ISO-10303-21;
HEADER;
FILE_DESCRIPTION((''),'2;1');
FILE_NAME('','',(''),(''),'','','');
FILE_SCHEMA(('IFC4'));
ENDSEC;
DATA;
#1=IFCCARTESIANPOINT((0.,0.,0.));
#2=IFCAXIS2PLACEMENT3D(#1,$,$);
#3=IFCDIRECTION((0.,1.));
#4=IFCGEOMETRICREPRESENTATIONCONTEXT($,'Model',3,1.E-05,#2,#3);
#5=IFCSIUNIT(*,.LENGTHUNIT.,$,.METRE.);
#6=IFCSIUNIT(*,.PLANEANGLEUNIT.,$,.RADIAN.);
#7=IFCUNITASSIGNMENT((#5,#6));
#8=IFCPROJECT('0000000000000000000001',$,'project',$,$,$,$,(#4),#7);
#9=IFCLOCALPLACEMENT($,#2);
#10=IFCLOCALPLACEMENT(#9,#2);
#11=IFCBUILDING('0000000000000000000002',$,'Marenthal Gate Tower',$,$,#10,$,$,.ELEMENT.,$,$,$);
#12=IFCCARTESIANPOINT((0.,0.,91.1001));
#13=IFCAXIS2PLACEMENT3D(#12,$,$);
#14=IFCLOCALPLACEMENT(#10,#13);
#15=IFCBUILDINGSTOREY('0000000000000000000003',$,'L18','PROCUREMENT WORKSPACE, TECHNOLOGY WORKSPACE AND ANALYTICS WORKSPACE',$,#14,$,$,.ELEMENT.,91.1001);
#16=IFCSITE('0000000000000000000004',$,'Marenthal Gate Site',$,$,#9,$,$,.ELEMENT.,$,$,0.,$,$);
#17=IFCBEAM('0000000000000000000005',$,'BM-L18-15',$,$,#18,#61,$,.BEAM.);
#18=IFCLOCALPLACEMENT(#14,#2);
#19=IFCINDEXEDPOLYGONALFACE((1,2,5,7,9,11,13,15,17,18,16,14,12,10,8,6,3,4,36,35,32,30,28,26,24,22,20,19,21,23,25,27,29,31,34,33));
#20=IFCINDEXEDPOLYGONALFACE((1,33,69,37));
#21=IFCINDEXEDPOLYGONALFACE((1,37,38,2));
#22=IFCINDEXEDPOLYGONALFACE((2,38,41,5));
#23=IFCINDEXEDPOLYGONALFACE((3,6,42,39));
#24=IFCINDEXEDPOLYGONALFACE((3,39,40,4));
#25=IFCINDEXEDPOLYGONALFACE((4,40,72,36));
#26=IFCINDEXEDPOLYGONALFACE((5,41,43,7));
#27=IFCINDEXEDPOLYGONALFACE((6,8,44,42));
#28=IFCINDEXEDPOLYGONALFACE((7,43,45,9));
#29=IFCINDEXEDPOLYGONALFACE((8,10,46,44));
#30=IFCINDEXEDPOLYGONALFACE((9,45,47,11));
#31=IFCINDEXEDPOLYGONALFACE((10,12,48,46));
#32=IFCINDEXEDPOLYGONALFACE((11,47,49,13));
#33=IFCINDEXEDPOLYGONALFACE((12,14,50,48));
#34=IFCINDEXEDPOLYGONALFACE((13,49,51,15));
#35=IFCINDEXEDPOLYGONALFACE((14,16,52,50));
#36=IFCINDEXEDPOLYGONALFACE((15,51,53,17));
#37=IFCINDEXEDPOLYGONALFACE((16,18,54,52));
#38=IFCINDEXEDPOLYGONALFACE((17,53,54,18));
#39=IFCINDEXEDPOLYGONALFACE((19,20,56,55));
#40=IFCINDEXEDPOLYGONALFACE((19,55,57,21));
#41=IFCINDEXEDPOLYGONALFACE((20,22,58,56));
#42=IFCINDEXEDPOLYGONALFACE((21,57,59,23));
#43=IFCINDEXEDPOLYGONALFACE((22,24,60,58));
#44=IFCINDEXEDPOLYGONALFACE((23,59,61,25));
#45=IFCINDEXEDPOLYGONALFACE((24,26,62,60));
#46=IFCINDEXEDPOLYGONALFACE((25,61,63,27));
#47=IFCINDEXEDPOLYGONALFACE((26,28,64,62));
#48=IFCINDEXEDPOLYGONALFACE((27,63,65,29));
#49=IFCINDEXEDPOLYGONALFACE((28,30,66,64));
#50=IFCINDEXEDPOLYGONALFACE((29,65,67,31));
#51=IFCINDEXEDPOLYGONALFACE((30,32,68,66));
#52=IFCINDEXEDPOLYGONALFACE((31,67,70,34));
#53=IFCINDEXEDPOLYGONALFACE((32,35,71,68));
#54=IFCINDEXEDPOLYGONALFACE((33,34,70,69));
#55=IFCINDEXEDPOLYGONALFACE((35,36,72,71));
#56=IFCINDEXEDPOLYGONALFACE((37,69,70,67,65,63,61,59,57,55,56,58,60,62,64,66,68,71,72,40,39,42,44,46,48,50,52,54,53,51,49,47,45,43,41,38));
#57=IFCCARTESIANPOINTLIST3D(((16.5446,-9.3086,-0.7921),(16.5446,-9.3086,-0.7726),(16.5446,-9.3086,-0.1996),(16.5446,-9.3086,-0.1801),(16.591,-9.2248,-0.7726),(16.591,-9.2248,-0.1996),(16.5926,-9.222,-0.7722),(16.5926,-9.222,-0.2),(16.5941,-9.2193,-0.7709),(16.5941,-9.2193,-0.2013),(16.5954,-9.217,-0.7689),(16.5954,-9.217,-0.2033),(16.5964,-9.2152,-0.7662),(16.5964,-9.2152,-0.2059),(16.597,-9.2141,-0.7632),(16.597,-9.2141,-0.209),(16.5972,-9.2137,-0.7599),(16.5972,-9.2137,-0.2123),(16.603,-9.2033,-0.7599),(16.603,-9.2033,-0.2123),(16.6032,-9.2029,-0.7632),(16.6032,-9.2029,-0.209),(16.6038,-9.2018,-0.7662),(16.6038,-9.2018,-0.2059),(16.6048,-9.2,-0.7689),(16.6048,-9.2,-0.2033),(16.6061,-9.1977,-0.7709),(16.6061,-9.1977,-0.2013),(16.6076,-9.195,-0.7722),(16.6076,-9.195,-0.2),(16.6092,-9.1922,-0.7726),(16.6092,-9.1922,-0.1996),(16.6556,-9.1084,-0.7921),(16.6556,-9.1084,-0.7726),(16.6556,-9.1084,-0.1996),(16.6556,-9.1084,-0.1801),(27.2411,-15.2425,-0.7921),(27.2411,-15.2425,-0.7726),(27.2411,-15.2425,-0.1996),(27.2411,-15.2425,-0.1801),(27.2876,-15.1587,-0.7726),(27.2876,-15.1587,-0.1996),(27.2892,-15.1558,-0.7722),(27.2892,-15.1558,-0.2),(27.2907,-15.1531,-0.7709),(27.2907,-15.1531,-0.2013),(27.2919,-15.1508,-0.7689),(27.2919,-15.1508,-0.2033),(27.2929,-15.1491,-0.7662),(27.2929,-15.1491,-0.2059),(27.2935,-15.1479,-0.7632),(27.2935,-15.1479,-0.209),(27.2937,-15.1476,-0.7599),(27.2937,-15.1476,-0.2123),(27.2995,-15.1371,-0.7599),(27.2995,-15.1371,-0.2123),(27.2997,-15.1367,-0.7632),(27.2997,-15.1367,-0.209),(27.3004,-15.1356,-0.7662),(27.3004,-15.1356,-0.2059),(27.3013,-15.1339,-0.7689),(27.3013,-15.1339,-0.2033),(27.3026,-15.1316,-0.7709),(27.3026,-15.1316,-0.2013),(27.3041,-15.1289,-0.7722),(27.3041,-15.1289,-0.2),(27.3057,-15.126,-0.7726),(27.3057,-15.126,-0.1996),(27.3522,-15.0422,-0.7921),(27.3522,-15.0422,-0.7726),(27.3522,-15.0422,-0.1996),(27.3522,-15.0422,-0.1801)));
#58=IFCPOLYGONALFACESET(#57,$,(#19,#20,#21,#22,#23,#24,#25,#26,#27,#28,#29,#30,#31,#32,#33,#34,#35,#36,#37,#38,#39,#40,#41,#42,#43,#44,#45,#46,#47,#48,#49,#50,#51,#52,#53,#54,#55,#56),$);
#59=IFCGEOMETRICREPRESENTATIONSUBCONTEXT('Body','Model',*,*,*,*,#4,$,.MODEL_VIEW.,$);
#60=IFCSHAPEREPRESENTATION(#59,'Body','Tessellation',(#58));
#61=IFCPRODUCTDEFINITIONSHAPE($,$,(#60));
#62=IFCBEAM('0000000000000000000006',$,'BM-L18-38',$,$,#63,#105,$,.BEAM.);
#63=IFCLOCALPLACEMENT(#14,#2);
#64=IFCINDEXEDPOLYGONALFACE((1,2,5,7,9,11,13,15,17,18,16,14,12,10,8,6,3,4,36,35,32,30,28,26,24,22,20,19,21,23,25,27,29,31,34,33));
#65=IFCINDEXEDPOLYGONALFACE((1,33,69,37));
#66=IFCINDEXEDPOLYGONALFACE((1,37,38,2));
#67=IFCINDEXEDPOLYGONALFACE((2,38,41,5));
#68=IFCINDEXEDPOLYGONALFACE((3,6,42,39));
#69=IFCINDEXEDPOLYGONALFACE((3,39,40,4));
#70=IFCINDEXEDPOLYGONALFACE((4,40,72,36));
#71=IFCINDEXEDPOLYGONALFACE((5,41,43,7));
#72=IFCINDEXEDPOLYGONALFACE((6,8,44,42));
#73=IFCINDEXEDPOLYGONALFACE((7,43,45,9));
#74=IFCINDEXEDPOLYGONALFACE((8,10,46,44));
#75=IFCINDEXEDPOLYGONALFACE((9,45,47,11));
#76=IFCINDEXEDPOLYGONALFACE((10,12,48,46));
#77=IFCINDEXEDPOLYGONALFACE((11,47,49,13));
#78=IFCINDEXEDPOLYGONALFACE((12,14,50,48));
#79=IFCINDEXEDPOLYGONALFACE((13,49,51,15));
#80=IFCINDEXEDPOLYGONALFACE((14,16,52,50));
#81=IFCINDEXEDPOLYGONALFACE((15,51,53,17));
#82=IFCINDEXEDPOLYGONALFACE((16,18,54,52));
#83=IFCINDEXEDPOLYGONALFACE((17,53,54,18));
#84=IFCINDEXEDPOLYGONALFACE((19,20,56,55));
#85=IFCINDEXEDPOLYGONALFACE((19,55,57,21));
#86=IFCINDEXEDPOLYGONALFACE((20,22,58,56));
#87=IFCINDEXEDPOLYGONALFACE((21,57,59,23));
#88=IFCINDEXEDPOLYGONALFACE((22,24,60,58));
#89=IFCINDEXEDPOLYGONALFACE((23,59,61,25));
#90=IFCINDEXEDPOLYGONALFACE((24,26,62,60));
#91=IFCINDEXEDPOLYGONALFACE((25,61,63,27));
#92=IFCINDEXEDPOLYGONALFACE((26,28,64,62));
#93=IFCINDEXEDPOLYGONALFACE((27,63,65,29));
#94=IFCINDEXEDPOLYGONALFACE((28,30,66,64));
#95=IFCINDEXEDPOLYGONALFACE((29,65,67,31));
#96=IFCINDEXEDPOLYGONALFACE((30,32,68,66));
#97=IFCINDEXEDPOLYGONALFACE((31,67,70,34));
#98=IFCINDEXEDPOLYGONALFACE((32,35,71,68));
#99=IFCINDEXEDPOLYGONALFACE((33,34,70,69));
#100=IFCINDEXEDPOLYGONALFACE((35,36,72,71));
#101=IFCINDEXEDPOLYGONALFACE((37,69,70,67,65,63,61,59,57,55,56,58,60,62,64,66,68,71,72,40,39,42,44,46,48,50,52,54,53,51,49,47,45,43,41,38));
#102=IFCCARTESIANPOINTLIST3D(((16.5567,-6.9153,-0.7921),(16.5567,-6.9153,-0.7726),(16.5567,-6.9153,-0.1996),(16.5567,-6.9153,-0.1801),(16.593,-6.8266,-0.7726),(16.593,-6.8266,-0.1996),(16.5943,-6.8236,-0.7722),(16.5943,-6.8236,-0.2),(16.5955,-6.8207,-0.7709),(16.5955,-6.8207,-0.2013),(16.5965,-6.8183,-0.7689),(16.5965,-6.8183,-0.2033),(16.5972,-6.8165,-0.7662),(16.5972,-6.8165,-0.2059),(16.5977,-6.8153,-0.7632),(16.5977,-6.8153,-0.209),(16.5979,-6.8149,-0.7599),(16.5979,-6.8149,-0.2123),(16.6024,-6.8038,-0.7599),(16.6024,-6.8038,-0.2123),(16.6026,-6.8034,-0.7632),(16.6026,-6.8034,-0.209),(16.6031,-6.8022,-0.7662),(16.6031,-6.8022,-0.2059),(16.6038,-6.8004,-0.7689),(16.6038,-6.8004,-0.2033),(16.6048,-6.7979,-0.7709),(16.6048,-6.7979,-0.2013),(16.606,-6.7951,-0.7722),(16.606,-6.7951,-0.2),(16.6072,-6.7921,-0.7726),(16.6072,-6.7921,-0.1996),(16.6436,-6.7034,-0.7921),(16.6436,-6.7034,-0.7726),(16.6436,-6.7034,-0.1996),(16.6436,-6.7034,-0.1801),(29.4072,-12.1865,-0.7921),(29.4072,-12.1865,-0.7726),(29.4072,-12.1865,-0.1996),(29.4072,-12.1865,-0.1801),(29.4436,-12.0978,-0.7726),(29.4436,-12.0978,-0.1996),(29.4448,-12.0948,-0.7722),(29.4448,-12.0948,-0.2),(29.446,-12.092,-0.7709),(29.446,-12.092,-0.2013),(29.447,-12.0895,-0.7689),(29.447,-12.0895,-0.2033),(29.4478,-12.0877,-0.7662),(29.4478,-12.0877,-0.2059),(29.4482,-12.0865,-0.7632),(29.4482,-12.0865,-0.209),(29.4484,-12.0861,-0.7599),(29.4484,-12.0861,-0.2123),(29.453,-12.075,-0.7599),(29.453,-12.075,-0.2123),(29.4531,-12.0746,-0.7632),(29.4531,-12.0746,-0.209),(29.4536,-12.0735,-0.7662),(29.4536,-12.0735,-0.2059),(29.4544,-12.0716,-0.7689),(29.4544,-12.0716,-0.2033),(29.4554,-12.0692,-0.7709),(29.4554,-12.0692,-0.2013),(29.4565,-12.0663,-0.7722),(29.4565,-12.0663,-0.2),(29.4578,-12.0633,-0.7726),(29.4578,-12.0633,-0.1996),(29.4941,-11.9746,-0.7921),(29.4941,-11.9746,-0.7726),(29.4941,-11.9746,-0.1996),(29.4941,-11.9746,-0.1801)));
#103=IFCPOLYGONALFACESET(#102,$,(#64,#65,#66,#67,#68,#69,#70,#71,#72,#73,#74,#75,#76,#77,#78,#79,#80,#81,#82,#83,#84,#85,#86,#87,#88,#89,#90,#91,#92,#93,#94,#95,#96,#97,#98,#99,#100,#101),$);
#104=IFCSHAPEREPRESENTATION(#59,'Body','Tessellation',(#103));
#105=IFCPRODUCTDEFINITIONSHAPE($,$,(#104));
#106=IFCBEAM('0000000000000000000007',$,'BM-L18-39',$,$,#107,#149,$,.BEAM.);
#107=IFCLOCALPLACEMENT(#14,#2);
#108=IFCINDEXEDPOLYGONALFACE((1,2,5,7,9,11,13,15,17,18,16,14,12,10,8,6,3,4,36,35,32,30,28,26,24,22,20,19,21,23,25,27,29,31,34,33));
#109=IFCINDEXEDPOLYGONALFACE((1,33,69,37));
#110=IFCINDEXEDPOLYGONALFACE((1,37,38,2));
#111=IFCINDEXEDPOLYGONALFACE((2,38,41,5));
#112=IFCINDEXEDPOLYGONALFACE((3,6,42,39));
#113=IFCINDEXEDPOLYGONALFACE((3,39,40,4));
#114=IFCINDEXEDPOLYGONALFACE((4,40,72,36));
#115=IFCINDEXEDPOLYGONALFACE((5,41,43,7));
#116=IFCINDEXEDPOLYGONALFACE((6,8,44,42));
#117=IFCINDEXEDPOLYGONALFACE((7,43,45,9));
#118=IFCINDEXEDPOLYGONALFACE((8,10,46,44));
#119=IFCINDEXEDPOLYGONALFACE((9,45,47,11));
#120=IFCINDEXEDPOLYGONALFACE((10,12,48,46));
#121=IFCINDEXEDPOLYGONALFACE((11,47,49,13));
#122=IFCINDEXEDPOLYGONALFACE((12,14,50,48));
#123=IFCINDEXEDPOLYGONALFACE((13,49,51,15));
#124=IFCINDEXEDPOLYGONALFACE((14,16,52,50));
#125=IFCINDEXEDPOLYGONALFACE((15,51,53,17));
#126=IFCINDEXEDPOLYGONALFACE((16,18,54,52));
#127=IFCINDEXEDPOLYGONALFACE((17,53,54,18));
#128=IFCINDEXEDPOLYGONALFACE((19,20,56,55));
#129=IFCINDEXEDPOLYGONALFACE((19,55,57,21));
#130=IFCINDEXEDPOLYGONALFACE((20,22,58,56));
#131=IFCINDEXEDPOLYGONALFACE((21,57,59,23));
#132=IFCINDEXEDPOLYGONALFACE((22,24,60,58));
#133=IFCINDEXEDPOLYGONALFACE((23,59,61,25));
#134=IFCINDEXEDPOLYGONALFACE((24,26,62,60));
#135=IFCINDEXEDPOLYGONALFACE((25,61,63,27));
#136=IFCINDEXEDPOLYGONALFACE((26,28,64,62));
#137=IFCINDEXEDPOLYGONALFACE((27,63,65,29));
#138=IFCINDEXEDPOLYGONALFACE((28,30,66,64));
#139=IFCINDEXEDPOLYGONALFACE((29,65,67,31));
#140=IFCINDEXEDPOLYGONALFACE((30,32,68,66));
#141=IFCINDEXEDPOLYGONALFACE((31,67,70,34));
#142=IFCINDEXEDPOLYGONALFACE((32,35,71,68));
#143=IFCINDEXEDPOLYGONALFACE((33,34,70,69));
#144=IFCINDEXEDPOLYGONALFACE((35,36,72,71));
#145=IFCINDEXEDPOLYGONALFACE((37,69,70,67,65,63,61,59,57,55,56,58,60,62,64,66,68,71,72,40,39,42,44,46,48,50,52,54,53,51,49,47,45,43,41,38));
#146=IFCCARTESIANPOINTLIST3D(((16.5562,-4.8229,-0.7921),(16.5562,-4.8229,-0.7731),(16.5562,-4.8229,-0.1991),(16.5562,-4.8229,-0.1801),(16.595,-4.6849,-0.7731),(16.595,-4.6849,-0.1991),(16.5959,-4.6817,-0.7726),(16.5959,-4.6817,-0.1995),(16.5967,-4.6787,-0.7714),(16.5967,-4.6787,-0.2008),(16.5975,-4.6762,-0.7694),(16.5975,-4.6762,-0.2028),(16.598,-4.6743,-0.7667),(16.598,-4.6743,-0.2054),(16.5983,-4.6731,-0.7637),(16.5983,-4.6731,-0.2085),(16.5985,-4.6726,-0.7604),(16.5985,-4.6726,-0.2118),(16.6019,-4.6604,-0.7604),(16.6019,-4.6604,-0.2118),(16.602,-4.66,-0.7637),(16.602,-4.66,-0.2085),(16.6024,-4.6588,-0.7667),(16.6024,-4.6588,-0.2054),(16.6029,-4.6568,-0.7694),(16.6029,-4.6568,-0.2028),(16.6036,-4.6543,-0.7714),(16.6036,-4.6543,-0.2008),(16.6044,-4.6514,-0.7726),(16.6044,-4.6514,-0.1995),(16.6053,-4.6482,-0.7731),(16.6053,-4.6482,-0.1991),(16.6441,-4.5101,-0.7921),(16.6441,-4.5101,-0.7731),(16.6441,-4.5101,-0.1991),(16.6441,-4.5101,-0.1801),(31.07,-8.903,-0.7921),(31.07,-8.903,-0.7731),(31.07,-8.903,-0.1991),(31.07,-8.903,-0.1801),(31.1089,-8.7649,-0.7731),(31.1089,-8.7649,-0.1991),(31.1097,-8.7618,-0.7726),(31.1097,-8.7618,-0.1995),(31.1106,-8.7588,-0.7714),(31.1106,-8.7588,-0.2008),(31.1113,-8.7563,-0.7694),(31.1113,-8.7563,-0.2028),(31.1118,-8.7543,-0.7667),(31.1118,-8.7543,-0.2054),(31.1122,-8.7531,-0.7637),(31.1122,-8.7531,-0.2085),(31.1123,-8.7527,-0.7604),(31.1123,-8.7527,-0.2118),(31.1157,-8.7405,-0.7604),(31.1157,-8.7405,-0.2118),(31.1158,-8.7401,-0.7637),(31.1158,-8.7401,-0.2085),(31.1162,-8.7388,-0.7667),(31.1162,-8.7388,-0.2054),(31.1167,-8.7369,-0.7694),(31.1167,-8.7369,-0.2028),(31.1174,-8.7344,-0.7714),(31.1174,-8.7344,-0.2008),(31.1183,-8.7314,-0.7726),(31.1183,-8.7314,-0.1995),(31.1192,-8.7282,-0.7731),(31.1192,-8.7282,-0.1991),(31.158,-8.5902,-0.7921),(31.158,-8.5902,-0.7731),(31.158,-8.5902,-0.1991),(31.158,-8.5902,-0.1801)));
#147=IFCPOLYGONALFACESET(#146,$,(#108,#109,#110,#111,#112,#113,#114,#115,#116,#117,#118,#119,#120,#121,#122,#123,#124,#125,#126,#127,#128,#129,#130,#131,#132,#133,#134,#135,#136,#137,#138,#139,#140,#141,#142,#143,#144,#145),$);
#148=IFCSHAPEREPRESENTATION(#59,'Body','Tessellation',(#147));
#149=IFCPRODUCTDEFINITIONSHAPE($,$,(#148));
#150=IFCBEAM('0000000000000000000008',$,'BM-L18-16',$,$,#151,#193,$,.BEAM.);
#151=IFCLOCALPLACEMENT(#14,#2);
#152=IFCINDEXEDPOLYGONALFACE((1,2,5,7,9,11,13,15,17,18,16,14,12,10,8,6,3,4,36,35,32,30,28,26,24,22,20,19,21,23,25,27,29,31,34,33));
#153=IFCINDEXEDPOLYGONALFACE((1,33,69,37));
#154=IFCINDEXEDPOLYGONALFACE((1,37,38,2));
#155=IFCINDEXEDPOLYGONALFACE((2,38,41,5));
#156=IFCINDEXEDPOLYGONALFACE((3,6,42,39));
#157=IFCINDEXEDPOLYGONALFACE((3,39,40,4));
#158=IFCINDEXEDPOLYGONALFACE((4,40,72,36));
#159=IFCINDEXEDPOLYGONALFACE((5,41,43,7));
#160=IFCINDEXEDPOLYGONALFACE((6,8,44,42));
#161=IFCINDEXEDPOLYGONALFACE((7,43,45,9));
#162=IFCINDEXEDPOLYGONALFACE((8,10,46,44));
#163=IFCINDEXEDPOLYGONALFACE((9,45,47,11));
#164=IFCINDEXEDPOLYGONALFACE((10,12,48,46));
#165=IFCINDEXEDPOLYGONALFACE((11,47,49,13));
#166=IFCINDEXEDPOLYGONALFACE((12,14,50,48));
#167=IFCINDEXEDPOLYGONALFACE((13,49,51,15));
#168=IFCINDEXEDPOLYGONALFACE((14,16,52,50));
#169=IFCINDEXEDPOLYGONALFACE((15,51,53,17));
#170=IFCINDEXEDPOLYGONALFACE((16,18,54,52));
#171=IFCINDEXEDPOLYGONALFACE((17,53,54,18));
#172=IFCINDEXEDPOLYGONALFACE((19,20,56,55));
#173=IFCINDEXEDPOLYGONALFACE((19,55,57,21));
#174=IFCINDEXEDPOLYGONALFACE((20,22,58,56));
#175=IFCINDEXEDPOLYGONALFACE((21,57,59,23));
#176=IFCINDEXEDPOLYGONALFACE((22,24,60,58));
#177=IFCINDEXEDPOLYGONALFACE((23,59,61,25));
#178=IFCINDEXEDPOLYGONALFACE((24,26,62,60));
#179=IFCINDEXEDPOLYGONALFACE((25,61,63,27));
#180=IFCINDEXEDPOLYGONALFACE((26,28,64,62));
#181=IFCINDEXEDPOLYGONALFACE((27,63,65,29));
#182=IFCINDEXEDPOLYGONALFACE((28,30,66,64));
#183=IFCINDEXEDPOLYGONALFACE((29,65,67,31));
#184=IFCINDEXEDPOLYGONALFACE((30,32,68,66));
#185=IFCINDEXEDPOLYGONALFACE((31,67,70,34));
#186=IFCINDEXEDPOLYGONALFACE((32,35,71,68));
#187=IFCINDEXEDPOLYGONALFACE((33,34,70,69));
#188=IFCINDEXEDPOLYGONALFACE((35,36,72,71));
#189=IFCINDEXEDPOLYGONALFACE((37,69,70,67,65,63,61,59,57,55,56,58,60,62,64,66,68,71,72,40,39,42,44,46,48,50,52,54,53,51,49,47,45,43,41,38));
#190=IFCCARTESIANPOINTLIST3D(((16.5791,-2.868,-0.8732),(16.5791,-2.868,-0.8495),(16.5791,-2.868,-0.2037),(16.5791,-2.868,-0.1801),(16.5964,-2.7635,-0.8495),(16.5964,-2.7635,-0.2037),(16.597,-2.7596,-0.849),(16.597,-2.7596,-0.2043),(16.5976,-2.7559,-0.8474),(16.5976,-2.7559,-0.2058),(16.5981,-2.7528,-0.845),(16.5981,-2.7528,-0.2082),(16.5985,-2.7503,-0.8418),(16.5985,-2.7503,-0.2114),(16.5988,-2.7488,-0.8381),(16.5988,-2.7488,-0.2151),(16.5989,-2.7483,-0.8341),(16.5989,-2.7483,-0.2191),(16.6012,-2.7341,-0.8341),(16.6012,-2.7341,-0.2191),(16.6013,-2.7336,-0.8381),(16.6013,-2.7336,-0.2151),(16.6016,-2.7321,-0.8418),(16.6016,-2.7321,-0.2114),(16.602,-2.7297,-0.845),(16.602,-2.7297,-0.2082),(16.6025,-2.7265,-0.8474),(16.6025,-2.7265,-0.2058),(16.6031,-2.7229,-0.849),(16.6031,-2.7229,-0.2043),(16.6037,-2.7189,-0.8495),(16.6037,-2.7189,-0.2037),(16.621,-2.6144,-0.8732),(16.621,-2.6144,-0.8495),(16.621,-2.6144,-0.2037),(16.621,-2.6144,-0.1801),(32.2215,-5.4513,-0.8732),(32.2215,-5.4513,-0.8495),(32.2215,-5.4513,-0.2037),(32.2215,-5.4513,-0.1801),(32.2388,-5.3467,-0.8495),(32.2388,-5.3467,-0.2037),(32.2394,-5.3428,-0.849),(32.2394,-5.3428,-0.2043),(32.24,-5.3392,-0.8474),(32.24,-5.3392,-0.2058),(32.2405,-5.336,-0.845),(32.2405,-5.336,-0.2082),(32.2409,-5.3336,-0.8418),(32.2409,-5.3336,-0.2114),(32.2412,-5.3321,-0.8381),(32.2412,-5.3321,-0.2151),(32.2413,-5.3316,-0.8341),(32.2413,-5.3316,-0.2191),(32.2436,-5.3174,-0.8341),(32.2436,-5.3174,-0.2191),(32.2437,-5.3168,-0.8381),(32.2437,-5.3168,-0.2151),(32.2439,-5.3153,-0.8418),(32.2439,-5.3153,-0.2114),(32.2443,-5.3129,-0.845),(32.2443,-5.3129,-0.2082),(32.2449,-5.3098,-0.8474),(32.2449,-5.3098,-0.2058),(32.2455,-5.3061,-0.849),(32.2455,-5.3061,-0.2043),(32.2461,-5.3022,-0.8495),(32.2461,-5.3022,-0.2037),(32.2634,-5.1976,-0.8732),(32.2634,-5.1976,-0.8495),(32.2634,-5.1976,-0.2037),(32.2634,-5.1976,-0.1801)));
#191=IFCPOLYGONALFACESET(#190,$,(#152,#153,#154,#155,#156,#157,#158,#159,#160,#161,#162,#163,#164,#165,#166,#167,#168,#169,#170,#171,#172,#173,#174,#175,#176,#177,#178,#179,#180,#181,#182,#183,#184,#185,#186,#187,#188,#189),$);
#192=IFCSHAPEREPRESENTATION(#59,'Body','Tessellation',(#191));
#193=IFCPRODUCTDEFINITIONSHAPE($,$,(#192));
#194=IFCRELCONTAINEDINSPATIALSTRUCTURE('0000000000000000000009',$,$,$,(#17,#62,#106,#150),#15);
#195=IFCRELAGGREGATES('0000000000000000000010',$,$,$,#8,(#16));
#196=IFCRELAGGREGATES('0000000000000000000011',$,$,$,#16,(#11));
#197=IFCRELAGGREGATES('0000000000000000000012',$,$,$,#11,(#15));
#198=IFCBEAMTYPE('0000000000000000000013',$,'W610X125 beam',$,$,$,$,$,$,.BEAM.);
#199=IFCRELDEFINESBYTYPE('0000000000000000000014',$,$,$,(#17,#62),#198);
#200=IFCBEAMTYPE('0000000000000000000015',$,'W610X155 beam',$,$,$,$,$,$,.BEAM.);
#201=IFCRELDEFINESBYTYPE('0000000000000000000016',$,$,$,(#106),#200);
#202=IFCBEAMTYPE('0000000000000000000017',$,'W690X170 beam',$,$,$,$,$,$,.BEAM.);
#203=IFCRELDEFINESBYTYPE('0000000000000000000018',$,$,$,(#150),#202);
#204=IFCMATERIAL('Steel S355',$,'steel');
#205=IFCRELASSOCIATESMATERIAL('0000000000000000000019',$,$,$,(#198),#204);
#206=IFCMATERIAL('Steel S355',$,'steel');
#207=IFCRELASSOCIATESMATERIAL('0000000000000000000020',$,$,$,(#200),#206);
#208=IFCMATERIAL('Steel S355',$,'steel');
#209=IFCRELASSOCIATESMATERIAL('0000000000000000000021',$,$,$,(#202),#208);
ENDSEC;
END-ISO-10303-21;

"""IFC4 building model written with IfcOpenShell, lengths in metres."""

from ifc_helpers import new_model, si_unit, direction, frame, origin, origin_2d, place, context, subcontext, project, spatial, i_section, extrude, material, material_profile, profile_set, type_object, element, save


model = new_model("IFC4")

# Units and contexts
model_context = context("Model", 3, precision=1e-05, world=origin(), true_north=direction((0.0, 1.0)))
body_context = subcontext(model_context, "Body", "Model", "MODEL_VIEW")
ifc_project = project(units=[si_unit("LENGTHUNIT", "METRE"), si_unit("PLANEANGLEUNIT", "RADIAN")], contexts=[model_context])

# Site, building, storey
site_placement = place(None, origin())
site = spatial("IfcSite", under=ifc_project, at=site_placement, Name="Marenthal Gate Site", CompositionType="ELEMENT", RefElevation=0.0)
building_placement = place(site_placement, origin())
building = spatial("IfcBuilding", under=site, at=building_placement, Name="Marenthal Gate Tower", CompositionType="ELEMENT")
storey_placement = place(building_placement, frame((0.0, 0.0, 91.1001)))
storey = spatial("IfcBuildingStorey", under=building, at=storey_placement, Name="L18", Description="PROCUREMENT WORKSPACE, TECHNOLOGY WORKSPACE AND ANALYTICS WORKSPACE", CompositionType="ELEMENT", Elevation=91.1001)

# Beams
ifc_material_1 = material(Name="Steel S355", Category="steel")
ifc_material_profile_1 = material_profile(ifc_material_1, i_section(OverallWidth=0.229, OverallDepth=0.6121, WebThickness=0.012, FlangeThickness=0.0195, FilletRadius=0.0127, at=origin_2d()), Name="W610X125")
ifc_profile_set_1 = profile_set([ifc_material_profile_1], Name="Steel S355")
beam_type_1 = type_object("IfcBeamType", Name="W610X125 beam", PredefinedType="BEAM", material=ifc_profile_set_1)
beam_1_placement = place(storey_placement, frame((27.2966, -15.1423, -0.4861), z_axis=(-0.874458, 0.485101, 0.0), x_axis=(-0.485101, -0.874458, 0.0)))
element("IfcBeam", 1, at=beam_1_placement, inside=storey, type_object=beam_type_1, Name="BM-L18-15", PredefinedType="BEAM", context=body_context, shape_type="SweptSolid", body=[
    extrude(i_section(OverallWidth=0.229, OverallDepth=0.6121, WebThickness=0.012, FlangeThickness=0.0195, FilletRadius=0.0127, at=origin_2d()), origin(), (0.0, 0.0, 1.0), 12.2322),
])
beam_2_placement = place(storey_placement, frame((29.4507, -12.0806, -0.4861), z_axis=(-0.925189, 0.379507, 0.0), x_axis=(-0.379507, -0.925189, 0.0)))
element("IfcBeam", 2, at=beam_2_placement, inside=storey, type_object=beam_type_1, Name="BM-L18-38", PredefinedType="BEAM", context=body_context, shape_type="SweptSolid", body=[
    extrude(i_section(OverallWidth=0.229, OverallDepth=0.6121, WebThickness=0.012, FlangeThickness=0.0195, FilletRadius=0.0127, at=origin_2d()), origin(), (0.0, 0.0, 1.0), 13.8896),
])
ifc_material_2 = material(Name="Steel S355", Category="steel")
ifc_material_profile_2 = material_profile(ifc_material_2, i_section(OverallWidth=0.325, OverallDepth=0.6121, WebThickness=0.0127, FlangeThickness=0.019, FilletRadius=0.0127, at=origin_2d()), Name="W610X155")
ifc_profile_set_2 = profile_set([ifc_material_profile_2], Name="Steel S355")
beam_type_2 = type_object("IfcBeamType", Name="W610X155 beam", PredefinedType="BEAM", material=ifc_profile_set_2)
beam_3_placement = place(storey_placement, frame((31.114, -8.7466, -0.4861), z_axis=(-0.962685, 0.270625, 0.0), x_axis=(-0.270625, -0.962685, 0.0)))
element("IfcBeam", 3, at=beam_3_placement, inside=storey, type_object=beam_type_2, Name="BM-L18-39", PredefinedType="BEAM", context=body_context, shape_type="SweptSolid", body=[
    extrude(i_section(OverallWidth=0.325, OverallDepth=0.6121, WebThickness=0.0127, FlangeThickness=0.019, FilletRadius=0.0127, at=origin_2d()), origin(), (0.0, 0.0, 1.0), 15.0764),
])
ifc_material_3 = material(Name="Steel S355", Category="steel")
ifc_material_profile_3 = material_profile(ifc_material_3, i_section(OverallWidth=0.2571, OverallDepth=0.6931, WebThickness=0.0144, FlangeThickness=0.0237, FilletRadius=0.0154, at=origin_2d()), Name="W690X170")
ifc_profile_set_3 = profile_set([ifc_material_profile_3], Name="Steel S355")
beam_type_3 = type_object("IfcBeamType", Name="W690X170 beam", PredefinedType="BEAM", material=ifc_profile_set_3)
beam_4_placement = place(storey_placement, frame((32.2424, -5.3245, -0.5266), z_axis=(-0.986636, 0.162938, 0.0), x_axis=(-0.162938, -0.986636, 0.0)))
element("IfcBeam", 4, at=beam_4_placement, inside=storey, type_object=beam_type_3, Name="BM-L18-16", PredefinedType="BEAM", context=body_context, shape_type="SweptSolid", body=[
    extrude(i_section(OverallWidth=0.2571, OverallDepth=0.6931, WebThickness=0.0144, FlangeThickness=0.0237, FilletRadius=0.0154, at=origin_2d()), origin(), (0.0, 0.0, 1.0), 15.8542),
])

save(model, "model.ifc")
